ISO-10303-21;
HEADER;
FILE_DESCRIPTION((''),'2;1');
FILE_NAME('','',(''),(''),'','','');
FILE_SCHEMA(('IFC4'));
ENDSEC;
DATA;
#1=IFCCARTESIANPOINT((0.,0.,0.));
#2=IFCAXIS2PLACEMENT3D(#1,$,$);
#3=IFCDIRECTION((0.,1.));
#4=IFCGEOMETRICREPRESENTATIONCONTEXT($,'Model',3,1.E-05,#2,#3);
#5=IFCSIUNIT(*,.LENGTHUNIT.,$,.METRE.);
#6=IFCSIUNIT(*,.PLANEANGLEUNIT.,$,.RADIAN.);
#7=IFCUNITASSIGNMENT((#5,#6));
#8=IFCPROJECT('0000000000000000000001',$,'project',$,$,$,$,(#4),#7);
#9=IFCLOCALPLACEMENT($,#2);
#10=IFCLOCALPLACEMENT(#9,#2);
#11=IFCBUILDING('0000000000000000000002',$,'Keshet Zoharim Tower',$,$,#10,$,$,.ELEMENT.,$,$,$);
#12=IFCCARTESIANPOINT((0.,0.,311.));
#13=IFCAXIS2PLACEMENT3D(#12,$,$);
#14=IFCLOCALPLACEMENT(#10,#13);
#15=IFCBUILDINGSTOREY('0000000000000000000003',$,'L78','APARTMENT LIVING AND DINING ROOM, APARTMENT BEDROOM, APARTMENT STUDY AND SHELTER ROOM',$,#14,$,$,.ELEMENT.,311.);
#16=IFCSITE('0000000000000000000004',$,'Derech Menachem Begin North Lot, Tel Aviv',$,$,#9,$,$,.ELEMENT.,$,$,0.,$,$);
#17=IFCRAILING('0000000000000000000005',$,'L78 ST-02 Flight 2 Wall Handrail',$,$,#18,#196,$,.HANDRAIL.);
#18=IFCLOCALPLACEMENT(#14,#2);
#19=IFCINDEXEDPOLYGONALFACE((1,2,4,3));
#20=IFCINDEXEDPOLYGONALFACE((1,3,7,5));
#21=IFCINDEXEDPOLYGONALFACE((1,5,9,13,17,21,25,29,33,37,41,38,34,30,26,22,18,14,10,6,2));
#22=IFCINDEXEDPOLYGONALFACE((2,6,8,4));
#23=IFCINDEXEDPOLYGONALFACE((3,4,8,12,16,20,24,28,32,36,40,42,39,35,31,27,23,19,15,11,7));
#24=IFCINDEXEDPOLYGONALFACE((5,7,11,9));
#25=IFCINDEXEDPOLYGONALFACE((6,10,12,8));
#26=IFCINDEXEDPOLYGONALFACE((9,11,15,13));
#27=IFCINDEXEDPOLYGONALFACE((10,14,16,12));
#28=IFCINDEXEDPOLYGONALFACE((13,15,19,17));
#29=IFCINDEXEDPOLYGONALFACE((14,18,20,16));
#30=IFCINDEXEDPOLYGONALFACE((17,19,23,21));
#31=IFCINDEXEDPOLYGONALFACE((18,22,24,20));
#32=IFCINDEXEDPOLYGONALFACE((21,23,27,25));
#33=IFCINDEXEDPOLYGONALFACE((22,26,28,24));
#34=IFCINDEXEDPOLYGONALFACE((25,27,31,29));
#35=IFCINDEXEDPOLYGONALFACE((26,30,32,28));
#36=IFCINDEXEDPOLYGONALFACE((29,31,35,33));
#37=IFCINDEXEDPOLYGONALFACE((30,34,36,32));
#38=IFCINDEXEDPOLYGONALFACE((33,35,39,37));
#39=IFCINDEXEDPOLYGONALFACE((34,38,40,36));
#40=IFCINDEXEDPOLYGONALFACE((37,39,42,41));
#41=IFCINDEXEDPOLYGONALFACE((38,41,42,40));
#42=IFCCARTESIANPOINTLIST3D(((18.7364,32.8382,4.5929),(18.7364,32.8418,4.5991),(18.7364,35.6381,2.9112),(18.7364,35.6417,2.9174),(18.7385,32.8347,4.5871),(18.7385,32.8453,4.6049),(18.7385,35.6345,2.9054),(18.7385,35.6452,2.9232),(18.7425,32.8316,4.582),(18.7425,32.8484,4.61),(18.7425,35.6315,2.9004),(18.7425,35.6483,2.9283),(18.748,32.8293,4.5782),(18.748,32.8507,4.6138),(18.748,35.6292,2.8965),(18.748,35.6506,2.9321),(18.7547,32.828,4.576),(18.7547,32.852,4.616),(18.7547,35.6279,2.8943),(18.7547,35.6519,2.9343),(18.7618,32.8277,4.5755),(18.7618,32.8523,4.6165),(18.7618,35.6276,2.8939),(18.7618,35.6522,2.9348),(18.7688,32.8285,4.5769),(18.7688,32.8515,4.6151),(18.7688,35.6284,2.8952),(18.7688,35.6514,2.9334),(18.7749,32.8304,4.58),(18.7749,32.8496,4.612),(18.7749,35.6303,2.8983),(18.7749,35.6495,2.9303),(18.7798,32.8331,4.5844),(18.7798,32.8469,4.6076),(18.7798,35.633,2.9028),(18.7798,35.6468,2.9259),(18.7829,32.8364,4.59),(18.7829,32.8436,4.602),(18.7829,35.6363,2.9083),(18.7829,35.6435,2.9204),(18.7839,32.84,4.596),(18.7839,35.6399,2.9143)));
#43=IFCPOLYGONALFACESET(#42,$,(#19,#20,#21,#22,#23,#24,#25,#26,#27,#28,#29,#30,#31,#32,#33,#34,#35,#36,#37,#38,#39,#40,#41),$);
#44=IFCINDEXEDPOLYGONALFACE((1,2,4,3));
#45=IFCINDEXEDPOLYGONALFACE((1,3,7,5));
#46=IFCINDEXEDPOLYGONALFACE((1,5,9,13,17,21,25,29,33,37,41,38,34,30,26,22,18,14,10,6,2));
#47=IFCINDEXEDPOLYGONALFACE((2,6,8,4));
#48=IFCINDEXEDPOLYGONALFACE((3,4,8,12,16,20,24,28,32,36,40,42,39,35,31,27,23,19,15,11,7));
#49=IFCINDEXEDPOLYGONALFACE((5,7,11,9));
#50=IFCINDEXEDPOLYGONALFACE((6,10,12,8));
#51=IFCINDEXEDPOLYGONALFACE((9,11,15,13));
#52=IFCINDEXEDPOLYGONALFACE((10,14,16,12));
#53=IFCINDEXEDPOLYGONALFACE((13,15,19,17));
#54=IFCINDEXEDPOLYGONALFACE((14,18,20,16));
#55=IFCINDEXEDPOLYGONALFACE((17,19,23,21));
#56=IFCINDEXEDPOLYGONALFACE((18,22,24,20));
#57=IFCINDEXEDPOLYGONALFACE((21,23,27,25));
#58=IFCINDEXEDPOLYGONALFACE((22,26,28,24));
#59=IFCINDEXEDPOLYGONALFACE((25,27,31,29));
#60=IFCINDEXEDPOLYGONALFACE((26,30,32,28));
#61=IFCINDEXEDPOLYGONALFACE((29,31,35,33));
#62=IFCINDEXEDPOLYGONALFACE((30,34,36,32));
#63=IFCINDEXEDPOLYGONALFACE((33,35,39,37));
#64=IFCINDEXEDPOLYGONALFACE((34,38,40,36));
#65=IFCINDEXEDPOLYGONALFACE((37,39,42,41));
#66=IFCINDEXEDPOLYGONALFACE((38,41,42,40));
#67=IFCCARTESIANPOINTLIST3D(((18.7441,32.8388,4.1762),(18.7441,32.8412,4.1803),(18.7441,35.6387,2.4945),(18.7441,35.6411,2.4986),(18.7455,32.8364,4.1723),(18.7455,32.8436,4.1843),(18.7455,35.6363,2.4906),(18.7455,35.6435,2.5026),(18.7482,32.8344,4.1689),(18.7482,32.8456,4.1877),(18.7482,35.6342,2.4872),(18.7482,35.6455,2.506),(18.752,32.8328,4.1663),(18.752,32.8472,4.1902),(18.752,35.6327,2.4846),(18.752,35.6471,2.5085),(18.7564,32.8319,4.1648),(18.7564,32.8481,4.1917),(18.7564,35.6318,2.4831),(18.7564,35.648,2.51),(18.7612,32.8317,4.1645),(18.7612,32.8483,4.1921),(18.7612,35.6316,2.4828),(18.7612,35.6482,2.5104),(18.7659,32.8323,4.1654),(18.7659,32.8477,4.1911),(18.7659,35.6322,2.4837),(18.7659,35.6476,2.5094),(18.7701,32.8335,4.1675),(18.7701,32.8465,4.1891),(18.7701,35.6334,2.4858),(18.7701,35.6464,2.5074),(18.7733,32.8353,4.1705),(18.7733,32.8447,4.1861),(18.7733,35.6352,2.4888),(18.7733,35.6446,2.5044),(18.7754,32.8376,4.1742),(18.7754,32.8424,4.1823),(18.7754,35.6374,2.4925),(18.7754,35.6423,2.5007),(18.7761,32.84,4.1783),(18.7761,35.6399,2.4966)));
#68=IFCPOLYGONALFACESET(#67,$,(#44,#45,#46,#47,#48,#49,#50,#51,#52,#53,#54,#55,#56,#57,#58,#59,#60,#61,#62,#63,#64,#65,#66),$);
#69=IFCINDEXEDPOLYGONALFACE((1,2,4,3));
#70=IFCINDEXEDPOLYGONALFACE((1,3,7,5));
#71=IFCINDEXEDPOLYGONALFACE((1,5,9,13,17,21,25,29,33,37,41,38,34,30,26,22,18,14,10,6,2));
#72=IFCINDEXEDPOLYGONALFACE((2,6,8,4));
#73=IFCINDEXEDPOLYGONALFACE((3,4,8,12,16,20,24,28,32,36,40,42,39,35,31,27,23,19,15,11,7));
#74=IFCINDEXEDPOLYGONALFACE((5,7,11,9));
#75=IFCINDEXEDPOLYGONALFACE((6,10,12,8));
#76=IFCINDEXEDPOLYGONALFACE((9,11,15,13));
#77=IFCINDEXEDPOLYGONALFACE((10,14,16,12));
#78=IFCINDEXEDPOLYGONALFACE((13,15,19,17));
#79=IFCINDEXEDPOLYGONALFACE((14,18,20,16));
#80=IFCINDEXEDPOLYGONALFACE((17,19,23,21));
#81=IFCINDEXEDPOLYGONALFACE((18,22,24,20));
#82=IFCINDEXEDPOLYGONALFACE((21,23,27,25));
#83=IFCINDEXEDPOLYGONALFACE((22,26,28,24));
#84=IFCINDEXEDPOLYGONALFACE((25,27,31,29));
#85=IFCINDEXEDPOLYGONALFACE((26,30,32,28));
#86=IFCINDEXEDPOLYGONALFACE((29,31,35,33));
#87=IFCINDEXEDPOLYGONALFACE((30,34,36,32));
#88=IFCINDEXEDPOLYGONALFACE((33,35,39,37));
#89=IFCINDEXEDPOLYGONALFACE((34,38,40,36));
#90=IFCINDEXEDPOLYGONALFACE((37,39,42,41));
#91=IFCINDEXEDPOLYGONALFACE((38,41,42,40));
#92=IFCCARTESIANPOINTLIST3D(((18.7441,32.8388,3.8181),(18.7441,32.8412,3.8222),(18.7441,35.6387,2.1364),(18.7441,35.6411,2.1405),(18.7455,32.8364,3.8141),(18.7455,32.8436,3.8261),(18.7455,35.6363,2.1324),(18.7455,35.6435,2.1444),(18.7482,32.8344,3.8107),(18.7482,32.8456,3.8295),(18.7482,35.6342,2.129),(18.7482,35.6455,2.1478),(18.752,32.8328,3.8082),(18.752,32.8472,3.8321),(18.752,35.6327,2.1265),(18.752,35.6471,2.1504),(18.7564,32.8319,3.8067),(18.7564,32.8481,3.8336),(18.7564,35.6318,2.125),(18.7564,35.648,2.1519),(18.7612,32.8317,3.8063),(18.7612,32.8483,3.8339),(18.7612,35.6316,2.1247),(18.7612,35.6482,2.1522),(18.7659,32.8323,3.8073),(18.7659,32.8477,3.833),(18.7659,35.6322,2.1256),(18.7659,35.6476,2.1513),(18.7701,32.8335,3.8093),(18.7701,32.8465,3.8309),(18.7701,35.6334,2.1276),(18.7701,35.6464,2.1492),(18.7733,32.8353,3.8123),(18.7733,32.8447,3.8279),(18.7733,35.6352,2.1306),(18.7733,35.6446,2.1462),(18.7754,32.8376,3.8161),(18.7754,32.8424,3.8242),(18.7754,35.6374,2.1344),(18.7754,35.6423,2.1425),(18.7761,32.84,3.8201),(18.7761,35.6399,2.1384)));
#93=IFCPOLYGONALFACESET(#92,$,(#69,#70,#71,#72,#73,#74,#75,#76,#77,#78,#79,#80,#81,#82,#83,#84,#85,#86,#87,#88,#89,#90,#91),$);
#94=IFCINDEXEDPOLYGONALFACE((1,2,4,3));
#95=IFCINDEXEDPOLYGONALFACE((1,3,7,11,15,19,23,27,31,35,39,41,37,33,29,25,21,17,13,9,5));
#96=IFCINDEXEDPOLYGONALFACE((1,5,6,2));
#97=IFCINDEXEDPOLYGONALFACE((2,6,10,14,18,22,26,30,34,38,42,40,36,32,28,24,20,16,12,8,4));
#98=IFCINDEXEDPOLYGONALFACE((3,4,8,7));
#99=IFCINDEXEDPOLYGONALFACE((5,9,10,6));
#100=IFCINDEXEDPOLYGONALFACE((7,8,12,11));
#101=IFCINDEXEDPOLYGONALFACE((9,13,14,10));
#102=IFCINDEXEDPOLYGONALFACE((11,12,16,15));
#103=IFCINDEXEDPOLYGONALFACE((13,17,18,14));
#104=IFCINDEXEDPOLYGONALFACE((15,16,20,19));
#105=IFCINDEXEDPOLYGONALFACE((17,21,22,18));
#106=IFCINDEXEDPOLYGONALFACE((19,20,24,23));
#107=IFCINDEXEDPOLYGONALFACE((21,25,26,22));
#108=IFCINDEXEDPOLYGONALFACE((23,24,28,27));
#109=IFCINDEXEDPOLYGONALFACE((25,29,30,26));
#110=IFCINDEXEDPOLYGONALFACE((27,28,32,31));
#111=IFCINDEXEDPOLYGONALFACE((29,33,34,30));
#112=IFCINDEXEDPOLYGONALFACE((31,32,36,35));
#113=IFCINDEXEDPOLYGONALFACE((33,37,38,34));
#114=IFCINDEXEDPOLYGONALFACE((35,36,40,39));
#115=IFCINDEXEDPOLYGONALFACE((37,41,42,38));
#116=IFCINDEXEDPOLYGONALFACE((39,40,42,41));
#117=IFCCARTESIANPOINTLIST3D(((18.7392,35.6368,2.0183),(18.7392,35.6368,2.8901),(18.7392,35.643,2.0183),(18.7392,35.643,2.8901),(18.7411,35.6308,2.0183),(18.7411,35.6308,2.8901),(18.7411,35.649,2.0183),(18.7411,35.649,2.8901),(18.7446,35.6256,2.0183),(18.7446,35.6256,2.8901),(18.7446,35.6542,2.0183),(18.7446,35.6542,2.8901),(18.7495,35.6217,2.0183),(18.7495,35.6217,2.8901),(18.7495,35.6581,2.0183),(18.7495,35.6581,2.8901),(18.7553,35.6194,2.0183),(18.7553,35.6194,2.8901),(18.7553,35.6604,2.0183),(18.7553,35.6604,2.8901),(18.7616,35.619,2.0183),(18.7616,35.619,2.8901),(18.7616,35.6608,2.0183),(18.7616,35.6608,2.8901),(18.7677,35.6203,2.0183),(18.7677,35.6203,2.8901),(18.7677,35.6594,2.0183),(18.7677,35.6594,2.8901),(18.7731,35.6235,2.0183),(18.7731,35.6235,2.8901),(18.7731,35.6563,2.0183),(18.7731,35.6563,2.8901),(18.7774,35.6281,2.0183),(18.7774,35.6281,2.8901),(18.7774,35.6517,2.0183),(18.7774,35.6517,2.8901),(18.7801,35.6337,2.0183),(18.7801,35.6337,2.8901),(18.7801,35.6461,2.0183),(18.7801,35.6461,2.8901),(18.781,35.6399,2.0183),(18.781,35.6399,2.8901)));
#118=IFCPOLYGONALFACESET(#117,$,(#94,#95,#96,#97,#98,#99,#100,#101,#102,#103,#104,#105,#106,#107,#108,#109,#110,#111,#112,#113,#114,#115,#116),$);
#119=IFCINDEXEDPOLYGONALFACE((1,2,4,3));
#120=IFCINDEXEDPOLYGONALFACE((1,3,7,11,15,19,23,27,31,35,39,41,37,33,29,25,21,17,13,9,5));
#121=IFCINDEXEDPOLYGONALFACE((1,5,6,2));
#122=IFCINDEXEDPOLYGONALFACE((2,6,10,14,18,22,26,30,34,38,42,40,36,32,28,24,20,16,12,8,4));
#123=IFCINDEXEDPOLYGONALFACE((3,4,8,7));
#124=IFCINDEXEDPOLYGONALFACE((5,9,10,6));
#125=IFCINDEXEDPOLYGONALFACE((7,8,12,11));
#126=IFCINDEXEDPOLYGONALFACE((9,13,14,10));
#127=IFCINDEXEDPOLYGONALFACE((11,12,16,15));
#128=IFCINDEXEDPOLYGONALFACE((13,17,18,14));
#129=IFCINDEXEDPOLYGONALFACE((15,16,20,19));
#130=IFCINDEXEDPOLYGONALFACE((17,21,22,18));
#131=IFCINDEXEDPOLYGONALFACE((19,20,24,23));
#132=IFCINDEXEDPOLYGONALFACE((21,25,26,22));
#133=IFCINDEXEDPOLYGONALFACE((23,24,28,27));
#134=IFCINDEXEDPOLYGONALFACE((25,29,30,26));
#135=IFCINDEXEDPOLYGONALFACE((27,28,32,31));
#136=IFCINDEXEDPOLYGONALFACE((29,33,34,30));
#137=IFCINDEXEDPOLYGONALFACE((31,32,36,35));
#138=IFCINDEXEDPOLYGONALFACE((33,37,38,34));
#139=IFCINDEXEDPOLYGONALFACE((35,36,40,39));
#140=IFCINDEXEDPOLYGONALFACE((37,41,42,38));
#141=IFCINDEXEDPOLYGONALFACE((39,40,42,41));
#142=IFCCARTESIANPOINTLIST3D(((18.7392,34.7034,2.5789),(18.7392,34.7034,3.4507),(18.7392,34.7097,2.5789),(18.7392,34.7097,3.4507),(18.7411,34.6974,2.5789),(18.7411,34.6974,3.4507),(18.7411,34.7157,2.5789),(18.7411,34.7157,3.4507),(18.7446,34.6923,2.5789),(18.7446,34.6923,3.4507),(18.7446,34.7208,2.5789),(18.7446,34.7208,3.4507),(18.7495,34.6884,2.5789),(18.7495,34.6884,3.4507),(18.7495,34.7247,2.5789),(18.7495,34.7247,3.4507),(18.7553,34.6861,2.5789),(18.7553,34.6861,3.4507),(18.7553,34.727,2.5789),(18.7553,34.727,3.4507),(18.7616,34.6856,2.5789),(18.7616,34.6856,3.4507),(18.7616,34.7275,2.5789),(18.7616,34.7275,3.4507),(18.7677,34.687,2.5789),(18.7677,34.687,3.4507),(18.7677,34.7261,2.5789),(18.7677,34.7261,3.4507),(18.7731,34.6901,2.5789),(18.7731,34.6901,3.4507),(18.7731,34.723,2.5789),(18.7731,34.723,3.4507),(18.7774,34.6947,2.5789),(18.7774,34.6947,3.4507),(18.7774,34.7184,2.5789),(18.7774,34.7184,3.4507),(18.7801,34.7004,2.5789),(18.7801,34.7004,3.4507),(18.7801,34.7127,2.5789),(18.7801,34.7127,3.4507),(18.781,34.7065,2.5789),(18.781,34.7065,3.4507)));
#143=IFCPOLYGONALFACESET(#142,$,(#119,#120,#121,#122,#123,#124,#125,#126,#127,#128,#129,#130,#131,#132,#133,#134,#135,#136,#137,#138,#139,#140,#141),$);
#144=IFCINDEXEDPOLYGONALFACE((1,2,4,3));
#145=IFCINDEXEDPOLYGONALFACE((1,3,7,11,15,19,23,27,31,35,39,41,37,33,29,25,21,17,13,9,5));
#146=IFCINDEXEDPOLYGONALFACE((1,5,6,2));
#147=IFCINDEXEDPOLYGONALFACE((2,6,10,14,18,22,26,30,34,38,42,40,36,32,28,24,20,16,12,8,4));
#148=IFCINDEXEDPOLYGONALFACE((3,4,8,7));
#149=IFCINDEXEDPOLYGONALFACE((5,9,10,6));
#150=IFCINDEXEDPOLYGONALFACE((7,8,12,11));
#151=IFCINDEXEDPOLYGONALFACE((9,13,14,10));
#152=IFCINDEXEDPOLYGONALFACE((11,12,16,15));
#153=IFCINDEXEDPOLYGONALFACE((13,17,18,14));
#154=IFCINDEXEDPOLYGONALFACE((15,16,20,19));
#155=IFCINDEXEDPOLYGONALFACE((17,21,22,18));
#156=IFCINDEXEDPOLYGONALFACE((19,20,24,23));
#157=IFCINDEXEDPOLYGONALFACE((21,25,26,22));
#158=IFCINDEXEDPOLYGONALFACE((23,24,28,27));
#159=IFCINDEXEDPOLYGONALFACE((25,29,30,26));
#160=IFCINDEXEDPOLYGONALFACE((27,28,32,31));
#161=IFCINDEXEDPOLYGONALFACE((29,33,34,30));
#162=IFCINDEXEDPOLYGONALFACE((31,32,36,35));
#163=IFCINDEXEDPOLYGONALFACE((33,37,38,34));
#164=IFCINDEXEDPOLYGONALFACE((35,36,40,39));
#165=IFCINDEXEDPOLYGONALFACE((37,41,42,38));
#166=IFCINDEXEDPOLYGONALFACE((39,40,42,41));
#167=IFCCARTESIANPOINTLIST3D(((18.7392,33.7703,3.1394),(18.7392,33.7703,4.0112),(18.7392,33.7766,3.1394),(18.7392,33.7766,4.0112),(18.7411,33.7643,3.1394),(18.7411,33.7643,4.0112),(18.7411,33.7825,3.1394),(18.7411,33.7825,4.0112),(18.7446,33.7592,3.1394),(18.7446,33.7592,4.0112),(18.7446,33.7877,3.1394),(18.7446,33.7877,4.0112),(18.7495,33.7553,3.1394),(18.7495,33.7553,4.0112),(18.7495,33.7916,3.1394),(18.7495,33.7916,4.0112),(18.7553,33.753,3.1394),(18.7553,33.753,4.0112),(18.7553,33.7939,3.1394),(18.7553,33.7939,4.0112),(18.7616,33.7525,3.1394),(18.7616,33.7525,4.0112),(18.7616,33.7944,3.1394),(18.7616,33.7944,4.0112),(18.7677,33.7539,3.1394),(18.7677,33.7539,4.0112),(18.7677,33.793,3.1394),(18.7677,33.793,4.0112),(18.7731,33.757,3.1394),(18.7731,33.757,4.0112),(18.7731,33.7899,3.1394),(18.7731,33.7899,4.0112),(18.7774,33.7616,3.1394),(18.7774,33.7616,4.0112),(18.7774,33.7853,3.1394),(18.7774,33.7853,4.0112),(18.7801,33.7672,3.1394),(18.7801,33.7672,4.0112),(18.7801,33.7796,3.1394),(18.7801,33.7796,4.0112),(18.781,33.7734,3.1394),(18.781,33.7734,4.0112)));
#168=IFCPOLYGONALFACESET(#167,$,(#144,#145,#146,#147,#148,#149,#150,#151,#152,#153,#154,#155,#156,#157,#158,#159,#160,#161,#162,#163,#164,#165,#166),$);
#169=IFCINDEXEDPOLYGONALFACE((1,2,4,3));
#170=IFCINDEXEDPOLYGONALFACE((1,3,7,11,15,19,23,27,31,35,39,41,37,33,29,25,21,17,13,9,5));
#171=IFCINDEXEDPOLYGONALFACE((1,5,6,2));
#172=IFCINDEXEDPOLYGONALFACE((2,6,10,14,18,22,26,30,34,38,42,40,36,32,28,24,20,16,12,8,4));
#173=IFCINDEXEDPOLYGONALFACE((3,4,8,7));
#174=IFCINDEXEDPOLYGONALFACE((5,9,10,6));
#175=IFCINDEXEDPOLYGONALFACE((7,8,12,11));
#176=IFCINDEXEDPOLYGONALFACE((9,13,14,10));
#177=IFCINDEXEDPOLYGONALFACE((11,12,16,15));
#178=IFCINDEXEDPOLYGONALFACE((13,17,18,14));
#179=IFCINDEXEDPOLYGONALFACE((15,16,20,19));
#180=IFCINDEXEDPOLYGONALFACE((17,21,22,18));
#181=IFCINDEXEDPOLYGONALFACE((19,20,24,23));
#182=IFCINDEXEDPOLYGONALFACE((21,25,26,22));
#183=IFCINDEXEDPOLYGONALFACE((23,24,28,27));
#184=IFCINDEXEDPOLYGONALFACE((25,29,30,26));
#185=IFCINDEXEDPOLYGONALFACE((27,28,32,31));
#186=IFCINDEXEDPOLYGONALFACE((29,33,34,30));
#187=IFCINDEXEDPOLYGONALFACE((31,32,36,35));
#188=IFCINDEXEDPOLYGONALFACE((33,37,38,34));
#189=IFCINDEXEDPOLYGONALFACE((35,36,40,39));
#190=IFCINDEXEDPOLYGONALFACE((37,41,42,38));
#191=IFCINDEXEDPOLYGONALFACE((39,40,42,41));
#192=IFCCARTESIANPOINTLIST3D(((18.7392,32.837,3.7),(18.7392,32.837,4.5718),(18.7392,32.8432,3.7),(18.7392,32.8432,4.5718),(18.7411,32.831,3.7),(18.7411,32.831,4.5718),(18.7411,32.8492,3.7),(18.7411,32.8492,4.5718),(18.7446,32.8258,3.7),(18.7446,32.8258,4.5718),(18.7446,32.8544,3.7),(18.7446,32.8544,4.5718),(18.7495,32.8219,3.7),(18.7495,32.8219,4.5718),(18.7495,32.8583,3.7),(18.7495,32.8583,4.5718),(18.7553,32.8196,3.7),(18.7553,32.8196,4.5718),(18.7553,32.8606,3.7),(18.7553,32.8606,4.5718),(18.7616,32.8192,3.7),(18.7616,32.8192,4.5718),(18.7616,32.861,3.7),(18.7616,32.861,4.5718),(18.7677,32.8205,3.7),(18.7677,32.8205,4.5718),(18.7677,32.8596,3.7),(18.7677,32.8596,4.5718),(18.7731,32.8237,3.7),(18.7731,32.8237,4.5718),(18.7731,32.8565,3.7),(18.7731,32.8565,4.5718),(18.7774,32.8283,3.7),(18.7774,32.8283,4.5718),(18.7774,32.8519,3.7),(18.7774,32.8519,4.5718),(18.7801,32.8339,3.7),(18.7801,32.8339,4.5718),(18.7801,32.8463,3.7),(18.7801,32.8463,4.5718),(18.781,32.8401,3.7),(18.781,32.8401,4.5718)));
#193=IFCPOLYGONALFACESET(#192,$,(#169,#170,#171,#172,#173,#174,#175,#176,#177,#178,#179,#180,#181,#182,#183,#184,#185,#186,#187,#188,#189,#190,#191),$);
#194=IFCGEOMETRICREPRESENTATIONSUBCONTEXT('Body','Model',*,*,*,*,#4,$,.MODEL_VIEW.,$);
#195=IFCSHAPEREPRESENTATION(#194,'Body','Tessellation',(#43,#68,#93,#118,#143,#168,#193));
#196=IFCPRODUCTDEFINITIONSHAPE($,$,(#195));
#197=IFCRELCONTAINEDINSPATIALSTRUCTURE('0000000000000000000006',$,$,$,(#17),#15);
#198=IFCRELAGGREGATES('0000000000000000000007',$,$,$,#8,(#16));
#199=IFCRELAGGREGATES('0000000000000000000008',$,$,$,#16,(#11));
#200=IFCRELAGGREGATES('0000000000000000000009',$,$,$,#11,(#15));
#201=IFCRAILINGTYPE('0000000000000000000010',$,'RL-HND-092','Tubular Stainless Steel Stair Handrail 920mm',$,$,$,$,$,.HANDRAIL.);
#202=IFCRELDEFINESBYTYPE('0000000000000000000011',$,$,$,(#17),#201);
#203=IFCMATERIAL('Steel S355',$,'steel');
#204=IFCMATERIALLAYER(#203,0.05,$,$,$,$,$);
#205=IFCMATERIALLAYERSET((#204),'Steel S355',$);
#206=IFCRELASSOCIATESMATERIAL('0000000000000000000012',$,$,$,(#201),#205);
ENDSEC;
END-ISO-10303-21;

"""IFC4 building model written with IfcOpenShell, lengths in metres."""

from ifc_helpers import new_model, si_unit, direction, frame, origin, origin_2d, place, context, subcontext, project, spatial, circle, extrude, material, layer, layer_set, type_object, element, save


model = new_model("IFC4")

# Units and contexts
model_context = context("Model", 3, precision=1e-05, world=origin(), true_north=direction((0.0, 1.0)))
body_context = subcontext(model_context, "Body", "Model", "MODEL_VIEW")
ifc_project = project(units=[si_unit("LENGTHUNIT", "METRE"), si_unit("PLANEANGLEUNIT", "RADIAN")], contexts=[model_context])

# Site, building, storey
site_placement = place(None, origin())
site = spatial("IfcSite", under=ifc_project, at=site_placement, Name="Derech Menachem Begin North Lot, Tel Aviv", CompositionType="ELEMENT", RefElevation=0.0)
building_placement = place(site_placement, origin())
building = spatial("IfcBuilding", under=site, at=building_placement, Name="Keshet Zoharim Tower", CompositionType="ELEMENT")
storey_placement = place(building_placement, frame((0.0, 0.0, 311.0)))
storey = spatial("IfcBuildingStorey", under=building, at=storey_placement, Name="L78", Description="APARTMENT LIVING AND DINING ROOM, APARTMENT BEDROOM, APARTMENT STUDY AND SHELTER ROOM", CompositionType="ELEMENT", Elevation=311.0)

# Shared definitions
ifc_material_1 = material(Name="Steel S355", Category="steel")

# Railing
ifc_layer_1 = layer(ifc_material_1, 0.05)
ifc_layer_set_1 = layer_set([ifc_layer_1], Name="Steel S355")
railing_type_1 = type_object("IfcRailingType", Name="RL-HND-092", Description="Tubular Stainless Steel Stair Handrail 920mm", PredefinedType="HANDRAIL", material=ifc_layer_set_1)
railing_1_placement = place(storey_placement, frame((18.76, 35.6399, 2.0183)))
element("IfcRailing", 1, at=railing_1_placement, inside=storey, type_object=railing_type_1, Name="L78 ST-02 Flight 2 Wall Handrail", PredefinedType="HANDRAIL", context=body_context, shape_type="SweptSolid", body=[
    extrude(circle(Radius=0.0239, at=origin_2d()), frame((0.0, 0.0, 0.896), z_axis=(0.0, -0.857255, 0.514891), x_axis=(1.0, 0.0, 0.0)), (0.0, 0.0, 1.0), 3.2661),
    extrude(circle(Radius=0.0161, at=origin_2d()), frame((0.0, 0.0, 0.4783), z_axis=(0.0, -0.857255, 0.514891), x_axis=(1.0, 0.0, 0.0)), (0.0, 0.0, 1.0), 3.2661),
    extrude(circle(Radius=0.0161, at=origin_2d()), frame((0.0, 0.0, 0.1201), z_axis=(0.0, -0.857255, 0.514891), x_axis=(1.0, 0.0, 0.0)), (0.0, 0.0, 1.0), 3.2661),
    extrude(circle(Radius=0.021, at=origin_2d()), origin(), (0.0, 0.0, 1.0), 0.8718),
    extrude(circle(Radius=0.021, at=origin_2d()), frame((0.0, -0.9333, 0.5605)), (0.0, 0.0, 1.0), 0.8718),
    extrude(circle(Radius=0.021, at=origin_2d()), frame((0.0, -1.8665, 1.1211)), (0.0, 0.0, 1.0), 0.8718),
    extrude(circle(Radius=0.021, at=origin_2d()), frame((0.0, -2.7998, 1.6816)), (0.0, 0.0, 1.0), 0.8718),
])

save(model, "model.ifc")
